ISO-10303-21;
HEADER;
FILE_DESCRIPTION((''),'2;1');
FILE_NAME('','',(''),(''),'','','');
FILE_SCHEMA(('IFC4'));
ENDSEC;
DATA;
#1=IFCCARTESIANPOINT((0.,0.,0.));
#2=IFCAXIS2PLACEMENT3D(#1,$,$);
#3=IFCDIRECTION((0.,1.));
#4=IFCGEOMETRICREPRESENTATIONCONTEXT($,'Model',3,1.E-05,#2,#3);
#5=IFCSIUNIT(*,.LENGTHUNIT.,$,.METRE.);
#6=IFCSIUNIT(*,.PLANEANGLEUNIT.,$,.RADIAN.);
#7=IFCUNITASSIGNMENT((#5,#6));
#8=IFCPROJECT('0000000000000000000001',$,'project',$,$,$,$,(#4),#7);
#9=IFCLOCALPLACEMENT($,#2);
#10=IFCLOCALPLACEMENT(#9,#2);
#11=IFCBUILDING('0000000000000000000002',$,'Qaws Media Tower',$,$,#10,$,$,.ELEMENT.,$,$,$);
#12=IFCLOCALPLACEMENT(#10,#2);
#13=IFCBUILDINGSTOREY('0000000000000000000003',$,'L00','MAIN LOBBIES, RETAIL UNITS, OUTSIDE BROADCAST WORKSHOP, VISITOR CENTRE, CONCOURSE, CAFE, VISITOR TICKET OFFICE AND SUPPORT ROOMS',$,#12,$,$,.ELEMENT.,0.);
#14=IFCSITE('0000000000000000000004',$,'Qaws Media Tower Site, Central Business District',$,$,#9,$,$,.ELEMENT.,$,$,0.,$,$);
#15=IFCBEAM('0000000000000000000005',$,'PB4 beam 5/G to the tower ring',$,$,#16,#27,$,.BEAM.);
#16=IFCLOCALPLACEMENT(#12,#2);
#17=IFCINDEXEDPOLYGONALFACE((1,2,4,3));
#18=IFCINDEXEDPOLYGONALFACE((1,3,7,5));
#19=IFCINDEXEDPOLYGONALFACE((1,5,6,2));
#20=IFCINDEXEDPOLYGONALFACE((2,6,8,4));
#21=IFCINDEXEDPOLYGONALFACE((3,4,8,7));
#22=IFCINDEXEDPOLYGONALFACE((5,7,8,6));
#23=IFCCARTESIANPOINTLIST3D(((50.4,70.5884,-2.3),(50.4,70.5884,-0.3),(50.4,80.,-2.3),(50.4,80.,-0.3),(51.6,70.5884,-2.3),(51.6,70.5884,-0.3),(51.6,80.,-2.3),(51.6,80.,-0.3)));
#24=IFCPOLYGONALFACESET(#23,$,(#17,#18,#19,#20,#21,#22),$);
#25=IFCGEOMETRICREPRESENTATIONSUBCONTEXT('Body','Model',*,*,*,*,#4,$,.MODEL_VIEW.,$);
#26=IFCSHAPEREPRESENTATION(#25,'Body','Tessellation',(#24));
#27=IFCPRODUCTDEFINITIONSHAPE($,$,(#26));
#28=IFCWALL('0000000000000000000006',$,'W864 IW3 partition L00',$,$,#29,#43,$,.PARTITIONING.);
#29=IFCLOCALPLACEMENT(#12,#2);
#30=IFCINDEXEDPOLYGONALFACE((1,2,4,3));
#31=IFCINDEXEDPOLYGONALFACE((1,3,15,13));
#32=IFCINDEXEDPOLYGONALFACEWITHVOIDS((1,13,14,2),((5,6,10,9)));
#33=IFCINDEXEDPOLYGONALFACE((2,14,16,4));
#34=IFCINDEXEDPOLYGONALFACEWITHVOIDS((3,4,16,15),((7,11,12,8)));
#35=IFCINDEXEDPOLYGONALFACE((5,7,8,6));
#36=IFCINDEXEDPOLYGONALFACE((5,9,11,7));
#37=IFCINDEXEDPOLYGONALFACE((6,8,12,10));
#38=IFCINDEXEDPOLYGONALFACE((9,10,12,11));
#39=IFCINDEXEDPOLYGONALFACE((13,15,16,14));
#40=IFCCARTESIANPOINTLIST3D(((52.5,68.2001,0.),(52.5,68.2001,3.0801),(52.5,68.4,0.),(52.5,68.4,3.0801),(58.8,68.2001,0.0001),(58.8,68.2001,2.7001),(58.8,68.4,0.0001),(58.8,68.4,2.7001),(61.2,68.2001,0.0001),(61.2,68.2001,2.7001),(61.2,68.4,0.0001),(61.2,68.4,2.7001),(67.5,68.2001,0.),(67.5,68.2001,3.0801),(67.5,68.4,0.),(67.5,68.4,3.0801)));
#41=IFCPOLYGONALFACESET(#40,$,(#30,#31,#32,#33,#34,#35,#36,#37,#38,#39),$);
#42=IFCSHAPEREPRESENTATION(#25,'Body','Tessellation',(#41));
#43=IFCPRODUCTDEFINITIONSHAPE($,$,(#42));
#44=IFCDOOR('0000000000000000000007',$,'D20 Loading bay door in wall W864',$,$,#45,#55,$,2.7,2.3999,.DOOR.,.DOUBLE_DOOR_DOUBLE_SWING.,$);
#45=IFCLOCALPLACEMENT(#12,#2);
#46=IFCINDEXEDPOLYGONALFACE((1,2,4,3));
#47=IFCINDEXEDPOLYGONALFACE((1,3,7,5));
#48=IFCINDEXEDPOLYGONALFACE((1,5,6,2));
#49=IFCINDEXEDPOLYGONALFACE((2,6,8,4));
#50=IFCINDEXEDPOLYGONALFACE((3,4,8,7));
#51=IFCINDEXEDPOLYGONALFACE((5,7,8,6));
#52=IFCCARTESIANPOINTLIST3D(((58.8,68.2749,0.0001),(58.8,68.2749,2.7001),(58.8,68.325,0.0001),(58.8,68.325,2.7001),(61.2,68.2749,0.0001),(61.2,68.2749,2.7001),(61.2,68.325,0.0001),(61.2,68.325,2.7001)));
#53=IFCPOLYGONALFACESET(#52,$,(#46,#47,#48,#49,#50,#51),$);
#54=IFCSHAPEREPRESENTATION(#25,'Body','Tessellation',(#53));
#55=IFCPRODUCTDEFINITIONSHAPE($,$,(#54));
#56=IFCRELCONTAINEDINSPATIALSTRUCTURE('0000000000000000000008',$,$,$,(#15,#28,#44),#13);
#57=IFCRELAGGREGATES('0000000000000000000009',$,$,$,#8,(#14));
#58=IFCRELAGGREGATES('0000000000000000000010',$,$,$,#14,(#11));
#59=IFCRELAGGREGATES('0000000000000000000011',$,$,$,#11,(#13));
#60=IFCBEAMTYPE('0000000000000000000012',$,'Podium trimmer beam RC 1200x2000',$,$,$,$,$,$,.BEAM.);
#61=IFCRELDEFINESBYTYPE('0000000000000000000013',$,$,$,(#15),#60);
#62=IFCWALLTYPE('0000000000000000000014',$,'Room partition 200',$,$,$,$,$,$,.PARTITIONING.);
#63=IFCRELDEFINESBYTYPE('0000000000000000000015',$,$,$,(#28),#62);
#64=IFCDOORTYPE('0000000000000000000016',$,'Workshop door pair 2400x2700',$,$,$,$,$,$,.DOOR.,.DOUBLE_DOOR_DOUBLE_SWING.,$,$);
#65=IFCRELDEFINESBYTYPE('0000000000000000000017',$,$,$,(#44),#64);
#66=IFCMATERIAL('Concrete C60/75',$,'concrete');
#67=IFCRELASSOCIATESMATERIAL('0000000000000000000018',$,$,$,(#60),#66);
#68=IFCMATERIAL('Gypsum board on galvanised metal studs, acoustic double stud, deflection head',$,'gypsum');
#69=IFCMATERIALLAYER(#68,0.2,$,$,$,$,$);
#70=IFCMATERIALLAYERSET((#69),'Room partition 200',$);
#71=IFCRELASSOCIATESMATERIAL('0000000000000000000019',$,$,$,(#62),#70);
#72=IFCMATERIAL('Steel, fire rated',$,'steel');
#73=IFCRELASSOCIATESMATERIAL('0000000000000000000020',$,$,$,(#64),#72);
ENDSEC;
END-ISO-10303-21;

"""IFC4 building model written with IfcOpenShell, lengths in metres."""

from ifc_helpers import new_model, si_unit, direction, frame, frame_2d, origin, origin_2d, place, context, subcontext, project, spatial, rectangle, extrude, material, layer, layer_set, material_profile, profile_set, type_object, element, fill, save


model = new_model("IFC4")

# Units and contexts
model_context = context("Model", 3, precision=1e-05, world=origin(), true_north=direction((0.0, 1.0)))
body_context = subcontext(model_context, "Body", "Model", "MODEL_VIEW")
ifc_project = project(units=[si_unit("LENGTHUNIT", "METRE"), si_unit("PLANEANGLEUNIT", "RADIAN")], contexts=[model_context])

# Site, building, storey
site_placement = place(None, origin())
site = spatial("IfcSite", under=ifc_project, at=site_placement, Name="Qaws Media Tower Site, Central Business District", CompositionType="ELEMENT", RefElevation=0.0)
building_placement = place(site_placement, origin())
building = spatial("IfcBuilding", under=site, at=building_placement, Name="Qaws Media Tower", CompositionType="ELEMENT")
storey_placement = place(building_placement, origin())
storey = spatial("IfcBuildingStorey", under=building, at=storey_placement, Name="L00", Description="MAIN LOBBIES, RETAIL UNITS, OUTSIDE BROADCAST WORKSHOP, VISITOR CENTRE, CONCOURSE, CAFE, VISITOR TICKET OFFICE AND SUPPORT ROOMS", CompositionType="ELEMENT", Elevation=0.0)

# Beam
ifc_material_1 = material(Name="Concrete C60/75", Category="concrete")
ifc_material_profile_1 = material_profile(ifc_material_1, rectangle(XDim=1.2, YDim=2.0, at=origin_2d()), Name="RC 1200x2000")
ifc_profile_set_1 = profile_set([ifc_material_profile_1], Name="Concrete C60/75")
beam_type_1 = type_object("IfcBeamType", Name="Podium trimmer beam RC 1200x2000", PredefinedType="BEAM", material=ifc_profile_set_1)
beam_1_placement = place(storey_placement, frame((51.0, 80.0, -1.3), z_axis=(0.0, -1.0, 0.0), x_axis=(1.0, 0.0, 0.0)))
element("IfcBeam", 1, at=beam_1_placement, inside=storey, type_object=beam_type_1, Name="PB4 beam 5/G to the tower ring", PredefinedType="BEAM", context=body_context, shape_type="SweptSolid", body=[
    extrude(rectangle(XDim=1.2, YDim=2.0, at=origin_2d()), origin(), (0.0, 0.0, 1.0), 9.4116),
])

# Shared definitions
ifc_material_2 = material(Name="Gypsum board on galvanised metal studs, acoustic double stud, deflection head", Category="gypsum")
ifc_layer = layer(ifc_material_2, 0.2)
ifc_layer_set = layer_set([ifc_layer], Name="Room partition 200")
wall_type = type_object("IfcWallType", Name="Room partition 200", PredefinedType="PARTITIONING", material=ifc_layer_set)

# Wall, opening, door
wall_1_placement = place(storey_placement, frame((52.5, 68.3, 0.0), z_axis=(0.0, 0.0, 1.0), x_axis=(1.0, 0.0, 0.0)))
wall_1 = element("IfcWall", 2, at=wall_1_placement, inside=storey, type_object=wall_type, Name="W864 IW3 partition L00", PredefinedType="PARTITIONING", context=body_context, shape_type="SweptSolid", body=[
    extrude(rectangle(XDim=15.0, YDim=0.2, at=frame_2d((7.5, 0.0))), origin(), (0.0, 0.0, 1.0), 3.0801),
])
opening_placement = place(wall_1_placement, frame((6.3, 0.0, 0.0)))
opening = element("IfcOpeningElement", 3, at=opening_placement, cuts=wall_1, PredefinedType="OPENING", context=body_context, shape_type="SweptSolid", body=[
    extrude(rectangle(XDim=2.3999, YDim=2.7, at=frame_2d((1.2, 1.3501))), frame((0.0, 0.1099, 0.0), z_axis=(0.0, -1.0, 0.0), x_axis=(1.0, 0.0, 0.0)), (0.0, 0.0, 1.0), 0.22),
])
ifc_material_3 = material(Name="Steel, fire rated", Category="steel")
door_type = type_object("IfcDoorType", Name="Workshop door pair 2400x2700", OperationType="DOUBLE_DOOR_DOUBLE_SWING", PredefinedType="DOOR", material=ifc_material_3)
door_placement = place(opening_placement, origin())
door = element("IfcDoor", 4, at=door_placement, inside=storey, type_object=door_type, Name="D20 Loading bay door in wall W864", OperationType="DOUBLE_DOOR_DOUBLE_SWING", OverallHeight=2.7, OverallWidth=2.3999, PredefinedType="DOOR", context=body_context, shape_type="SweptSolid", body=[
    extrude(rectangle(XDim=2.3999, YDim=2.7, at=frame_2d((1.2, 1.3501))), frame((0.0, 0.0249, 0.0), z_axis=(0.0, -1.0, 0.0), x_axis=(1.0, 0.0, 0.0)), (0.0, 0.0, 1.0), 0.05),
])
fill(opening, door)

save(model, "model.ifc")
